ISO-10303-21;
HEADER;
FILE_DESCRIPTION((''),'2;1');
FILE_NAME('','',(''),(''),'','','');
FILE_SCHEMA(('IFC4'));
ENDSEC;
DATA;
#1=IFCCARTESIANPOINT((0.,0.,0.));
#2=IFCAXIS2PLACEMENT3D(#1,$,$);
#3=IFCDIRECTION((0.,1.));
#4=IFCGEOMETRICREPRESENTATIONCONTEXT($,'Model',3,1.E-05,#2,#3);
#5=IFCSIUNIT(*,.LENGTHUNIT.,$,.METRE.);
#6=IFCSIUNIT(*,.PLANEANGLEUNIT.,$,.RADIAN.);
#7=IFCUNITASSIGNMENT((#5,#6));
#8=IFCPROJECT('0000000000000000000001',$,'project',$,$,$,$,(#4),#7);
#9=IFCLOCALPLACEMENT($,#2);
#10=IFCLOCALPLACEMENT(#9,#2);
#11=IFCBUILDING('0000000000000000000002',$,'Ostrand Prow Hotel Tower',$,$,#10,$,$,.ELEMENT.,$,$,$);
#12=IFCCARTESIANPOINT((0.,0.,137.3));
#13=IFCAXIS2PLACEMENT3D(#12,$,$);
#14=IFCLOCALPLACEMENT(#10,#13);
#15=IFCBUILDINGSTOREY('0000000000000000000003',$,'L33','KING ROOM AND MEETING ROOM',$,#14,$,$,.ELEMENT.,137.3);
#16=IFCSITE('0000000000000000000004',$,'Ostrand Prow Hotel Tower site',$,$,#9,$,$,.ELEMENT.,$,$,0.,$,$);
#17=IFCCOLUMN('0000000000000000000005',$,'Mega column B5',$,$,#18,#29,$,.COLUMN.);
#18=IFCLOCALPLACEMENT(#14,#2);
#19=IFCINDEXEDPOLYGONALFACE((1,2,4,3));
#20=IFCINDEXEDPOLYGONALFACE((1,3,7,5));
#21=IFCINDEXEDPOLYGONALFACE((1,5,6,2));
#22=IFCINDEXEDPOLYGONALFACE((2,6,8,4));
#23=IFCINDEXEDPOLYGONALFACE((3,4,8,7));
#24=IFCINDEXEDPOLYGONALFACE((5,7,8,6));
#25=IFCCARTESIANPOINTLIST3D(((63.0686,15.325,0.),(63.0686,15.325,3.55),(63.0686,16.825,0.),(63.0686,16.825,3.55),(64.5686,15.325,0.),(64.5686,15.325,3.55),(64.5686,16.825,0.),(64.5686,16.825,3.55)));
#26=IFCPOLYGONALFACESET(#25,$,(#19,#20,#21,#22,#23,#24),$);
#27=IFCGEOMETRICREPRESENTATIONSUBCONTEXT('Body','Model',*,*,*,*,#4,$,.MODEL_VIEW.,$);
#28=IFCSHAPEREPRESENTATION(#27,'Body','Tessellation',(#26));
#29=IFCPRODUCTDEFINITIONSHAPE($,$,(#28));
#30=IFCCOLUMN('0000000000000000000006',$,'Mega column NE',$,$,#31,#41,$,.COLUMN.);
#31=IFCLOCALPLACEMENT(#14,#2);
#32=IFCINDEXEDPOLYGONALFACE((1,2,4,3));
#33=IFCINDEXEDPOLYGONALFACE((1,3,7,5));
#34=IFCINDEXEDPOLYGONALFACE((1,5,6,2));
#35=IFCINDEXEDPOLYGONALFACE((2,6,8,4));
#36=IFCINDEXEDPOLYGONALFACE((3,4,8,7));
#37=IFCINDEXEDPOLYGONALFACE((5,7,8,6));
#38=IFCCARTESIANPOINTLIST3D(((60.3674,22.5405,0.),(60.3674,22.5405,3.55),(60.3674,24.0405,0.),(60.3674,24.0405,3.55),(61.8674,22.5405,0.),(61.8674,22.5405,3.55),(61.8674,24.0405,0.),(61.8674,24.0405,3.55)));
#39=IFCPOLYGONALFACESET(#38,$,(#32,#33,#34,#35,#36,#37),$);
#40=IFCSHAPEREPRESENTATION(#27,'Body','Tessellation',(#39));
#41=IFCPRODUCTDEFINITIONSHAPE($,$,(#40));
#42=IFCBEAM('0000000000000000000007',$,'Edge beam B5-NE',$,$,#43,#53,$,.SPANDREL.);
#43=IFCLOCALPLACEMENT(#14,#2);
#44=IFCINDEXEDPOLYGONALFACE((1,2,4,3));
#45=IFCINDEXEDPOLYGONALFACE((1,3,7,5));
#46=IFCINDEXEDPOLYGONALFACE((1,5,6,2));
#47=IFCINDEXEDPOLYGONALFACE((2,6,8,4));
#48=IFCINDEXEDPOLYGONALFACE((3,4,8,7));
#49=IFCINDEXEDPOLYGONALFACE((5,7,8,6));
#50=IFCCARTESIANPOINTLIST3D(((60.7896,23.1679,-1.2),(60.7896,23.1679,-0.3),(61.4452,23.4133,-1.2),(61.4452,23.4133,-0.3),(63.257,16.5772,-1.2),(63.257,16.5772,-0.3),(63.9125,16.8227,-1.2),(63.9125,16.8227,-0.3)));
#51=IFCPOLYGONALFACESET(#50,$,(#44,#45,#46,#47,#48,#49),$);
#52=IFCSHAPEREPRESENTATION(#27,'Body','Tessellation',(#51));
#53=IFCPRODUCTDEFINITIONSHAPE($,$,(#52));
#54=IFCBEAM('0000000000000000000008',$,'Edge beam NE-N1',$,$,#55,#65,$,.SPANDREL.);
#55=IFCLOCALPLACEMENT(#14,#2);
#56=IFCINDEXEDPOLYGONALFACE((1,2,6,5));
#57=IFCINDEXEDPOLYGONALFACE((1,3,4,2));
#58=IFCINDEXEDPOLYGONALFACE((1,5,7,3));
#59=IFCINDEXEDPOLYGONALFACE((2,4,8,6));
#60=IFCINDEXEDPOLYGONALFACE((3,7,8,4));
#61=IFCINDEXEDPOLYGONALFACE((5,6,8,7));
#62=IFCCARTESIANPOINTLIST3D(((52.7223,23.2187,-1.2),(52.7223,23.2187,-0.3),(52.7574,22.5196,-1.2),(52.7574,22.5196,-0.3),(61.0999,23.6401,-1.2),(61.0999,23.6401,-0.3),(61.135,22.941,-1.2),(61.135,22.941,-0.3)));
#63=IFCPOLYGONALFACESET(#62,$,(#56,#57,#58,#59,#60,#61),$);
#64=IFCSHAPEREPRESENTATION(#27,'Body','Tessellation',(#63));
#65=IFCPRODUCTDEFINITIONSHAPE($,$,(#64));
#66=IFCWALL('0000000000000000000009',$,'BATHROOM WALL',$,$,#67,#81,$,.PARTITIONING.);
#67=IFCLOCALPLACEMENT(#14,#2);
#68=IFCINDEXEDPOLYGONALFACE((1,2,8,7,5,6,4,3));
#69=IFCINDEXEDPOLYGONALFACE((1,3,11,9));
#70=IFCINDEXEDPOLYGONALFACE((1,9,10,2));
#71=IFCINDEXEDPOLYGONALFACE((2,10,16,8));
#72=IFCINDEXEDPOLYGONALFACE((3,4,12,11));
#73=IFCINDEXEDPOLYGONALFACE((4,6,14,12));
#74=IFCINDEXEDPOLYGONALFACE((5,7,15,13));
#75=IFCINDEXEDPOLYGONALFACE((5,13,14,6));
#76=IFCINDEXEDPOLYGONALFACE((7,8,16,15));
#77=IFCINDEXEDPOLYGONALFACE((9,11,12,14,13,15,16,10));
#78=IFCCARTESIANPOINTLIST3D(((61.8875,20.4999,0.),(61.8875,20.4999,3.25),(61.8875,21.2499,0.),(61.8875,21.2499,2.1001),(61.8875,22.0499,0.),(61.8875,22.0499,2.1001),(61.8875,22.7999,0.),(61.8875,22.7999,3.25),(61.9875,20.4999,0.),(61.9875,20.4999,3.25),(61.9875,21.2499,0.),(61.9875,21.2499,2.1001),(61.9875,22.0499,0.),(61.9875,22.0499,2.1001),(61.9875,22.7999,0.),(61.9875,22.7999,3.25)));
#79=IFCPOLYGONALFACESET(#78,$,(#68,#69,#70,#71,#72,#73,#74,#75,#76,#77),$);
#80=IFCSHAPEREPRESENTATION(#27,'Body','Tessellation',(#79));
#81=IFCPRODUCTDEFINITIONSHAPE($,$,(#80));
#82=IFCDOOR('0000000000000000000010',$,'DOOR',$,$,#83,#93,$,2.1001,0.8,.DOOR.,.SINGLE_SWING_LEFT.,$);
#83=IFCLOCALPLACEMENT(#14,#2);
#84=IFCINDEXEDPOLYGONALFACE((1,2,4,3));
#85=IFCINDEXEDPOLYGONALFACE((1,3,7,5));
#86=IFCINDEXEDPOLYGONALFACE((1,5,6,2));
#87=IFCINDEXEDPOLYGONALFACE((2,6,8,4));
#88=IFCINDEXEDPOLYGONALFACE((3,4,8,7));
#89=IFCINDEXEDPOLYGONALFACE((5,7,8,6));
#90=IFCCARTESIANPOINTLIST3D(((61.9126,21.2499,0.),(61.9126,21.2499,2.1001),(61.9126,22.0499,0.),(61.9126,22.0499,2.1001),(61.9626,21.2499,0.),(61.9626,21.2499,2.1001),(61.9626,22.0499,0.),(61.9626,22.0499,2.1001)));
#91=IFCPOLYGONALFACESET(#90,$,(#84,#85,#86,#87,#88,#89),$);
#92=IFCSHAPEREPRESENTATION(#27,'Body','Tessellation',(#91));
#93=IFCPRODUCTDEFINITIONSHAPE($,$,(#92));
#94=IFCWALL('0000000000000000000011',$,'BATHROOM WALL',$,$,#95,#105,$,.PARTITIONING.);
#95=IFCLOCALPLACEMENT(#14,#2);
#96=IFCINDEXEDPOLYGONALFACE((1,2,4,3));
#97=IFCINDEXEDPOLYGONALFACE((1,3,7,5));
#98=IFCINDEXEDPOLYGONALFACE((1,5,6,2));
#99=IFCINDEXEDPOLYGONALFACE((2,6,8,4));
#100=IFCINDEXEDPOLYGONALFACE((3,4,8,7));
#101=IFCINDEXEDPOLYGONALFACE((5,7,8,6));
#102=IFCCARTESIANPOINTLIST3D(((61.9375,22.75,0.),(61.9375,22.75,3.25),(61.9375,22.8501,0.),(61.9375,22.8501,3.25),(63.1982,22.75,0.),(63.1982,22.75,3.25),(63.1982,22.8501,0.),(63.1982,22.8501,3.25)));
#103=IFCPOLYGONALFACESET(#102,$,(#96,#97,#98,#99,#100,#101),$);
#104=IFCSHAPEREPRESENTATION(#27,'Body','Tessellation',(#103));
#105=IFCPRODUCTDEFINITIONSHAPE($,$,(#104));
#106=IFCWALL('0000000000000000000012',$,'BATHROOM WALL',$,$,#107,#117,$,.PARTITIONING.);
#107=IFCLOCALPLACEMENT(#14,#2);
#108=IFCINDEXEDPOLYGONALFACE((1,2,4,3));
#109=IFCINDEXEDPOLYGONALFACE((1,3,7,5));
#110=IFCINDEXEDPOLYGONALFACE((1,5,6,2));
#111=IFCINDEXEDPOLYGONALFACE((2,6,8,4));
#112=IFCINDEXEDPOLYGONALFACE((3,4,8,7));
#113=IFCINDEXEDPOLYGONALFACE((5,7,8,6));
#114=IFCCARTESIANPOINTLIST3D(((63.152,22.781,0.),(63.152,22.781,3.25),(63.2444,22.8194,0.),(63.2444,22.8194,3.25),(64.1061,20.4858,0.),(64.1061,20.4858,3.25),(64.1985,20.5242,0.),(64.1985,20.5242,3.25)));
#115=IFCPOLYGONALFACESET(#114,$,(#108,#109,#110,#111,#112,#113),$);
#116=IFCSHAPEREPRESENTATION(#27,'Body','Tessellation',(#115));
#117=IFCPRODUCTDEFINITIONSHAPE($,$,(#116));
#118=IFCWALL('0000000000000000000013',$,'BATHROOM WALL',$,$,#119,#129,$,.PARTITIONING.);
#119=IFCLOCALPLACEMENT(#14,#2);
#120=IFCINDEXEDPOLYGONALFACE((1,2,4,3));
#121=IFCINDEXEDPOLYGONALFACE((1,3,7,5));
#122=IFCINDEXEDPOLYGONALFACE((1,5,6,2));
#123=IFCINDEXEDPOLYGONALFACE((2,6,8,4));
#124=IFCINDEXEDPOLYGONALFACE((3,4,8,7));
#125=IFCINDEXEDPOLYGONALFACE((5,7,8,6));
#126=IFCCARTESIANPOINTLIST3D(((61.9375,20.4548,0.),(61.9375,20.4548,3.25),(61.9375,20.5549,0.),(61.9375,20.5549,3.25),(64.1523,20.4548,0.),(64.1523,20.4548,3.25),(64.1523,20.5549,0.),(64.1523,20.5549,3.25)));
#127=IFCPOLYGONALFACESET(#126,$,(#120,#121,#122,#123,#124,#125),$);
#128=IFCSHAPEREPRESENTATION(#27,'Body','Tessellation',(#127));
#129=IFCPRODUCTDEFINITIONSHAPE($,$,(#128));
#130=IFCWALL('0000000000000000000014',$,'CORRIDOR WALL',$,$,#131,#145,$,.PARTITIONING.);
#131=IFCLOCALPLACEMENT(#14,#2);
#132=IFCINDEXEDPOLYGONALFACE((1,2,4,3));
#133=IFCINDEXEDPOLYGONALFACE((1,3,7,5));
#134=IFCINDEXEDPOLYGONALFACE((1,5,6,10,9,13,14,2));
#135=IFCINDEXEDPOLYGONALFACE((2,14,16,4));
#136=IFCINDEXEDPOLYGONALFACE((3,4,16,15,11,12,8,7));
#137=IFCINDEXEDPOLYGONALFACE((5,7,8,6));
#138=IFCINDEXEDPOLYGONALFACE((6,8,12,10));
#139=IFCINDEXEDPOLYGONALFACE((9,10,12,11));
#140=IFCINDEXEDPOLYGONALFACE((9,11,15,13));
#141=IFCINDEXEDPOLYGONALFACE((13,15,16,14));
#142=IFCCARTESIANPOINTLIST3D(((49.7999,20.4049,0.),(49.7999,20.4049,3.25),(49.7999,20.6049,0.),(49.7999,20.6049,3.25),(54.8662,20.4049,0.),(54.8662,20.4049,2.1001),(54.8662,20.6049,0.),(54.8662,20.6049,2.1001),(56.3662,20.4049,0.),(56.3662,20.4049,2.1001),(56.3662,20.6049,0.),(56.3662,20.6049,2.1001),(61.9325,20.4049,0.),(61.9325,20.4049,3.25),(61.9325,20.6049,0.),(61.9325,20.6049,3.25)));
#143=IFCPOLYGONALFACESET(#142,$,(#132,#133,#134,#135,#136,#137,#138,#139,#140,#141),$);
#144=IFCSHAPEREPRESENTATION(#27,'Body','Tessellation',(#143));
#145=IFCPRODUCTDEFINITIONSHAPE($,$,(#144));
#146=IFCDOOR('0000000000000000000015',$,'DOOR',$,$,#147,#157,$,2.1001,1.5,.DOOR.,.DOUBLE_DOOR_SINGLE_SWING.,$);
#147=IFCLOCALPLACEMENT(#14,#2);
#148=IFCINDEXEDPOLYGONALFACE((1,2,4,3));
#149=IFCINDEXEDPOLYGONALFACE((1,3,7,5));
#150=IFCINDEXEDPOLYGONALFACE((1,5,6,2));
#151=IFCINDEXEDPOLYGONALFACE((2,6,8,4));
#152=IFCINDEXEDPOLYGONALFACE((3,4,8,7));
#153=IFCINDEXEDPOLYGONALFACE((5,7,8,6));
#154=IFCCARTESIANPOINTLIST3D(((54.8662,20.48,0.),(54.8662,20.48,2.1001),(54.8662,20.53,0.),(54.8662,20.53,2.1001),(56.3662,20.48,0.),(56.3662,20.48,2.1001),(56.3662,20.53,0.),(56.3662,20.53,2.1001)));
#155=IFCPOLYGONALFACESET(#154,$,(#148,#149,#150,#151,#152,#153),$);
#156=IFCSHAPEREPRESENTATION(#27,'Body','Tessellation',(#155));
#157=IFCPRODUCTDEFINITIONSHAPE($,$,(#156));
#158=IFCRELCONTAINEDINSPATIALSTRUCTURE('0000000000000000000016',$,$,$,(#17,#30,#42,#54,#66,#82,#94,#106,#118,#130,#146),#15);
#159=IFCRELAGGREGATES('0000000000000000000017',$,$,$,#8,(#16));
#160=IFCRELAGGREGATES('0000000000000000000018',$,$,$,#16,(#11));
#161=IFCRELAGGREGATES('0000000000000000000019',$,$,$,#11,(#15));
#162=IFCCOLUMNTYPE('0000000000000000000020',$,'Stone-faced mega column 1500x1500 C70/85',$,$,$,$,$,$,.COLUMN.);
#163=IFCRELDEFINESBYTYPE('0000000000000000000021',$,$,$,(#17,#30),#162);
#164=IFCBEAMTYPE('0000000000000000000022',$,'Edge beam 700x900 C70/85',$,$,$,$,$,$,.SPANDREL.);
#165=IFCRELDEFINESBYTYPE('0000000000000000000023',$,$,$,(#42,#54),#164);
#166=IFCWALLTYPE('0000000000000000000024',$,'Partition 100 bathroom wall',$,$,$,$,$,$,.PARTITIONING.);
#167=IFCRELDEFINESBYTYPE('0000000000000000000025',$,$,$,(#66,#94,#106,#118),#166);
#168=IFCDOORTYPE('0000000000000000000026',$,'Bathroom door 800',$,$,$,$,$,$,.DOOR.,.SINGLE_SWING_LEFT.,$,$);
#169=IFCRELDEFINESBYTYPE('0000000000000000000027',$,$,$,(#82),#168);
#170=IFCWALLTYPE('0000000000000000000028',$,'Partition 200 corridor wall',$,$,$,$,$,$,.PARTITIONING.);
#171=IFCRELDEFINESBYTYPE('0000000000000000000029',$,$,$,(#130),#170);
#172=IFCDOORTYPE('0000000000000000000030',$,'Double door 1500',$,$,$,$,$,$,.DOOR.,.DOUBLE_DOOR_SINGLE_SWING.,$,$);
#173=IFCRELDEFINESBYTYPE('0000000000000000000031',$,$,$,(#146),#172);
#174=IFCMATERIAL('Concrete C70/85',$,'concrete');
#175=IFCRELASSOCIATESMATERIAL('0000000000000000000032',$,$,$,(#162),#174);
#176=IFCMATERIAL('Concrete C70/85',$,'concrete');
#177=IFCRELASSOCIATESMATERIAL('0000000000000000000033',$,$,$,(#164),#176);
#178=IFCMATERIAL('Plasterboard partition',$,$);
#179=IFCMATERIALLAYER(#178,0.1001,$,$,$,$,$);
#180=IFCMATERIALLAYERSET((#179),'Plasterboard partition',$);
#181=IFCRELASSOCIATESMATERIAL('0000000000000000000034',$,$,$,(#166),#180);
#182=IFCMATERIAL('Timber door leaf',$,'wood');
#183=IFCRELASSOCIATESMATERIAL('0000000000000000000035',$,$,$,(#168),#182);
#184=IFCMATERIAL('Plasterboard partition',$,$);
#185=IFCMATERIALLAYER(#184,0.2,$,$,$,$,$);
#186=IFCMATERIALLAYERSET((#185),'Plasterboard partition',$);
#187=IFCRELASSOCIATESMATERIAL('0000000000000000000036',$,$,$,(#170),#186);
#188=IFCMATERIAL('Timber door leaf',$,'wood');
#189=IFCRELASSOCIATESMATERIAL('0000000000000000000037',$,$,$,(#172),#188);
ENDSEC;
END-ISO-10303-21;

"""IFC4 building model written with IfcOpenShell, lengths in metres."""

from ifc_helpers import new_model, si_unit, direction, frame, frame_2d, origin, origin_2d, place, context, subcontext, project, spatial, rectangle, extrude, material, layer, layer_set, material_profile, profile_set, type_object, element, fill, save


model = new_model("IFC4")

# Units and contexts
model_context = context("Model", 3, precision=1e-05, world=origin(), true_north=direction((0.0, 1.0)))
body_context = subcontext(model_context, "Body", "Model", "MODEL_VIEW")
ifc_project = project(units=[si_unit("LENGTHUNIT", "METRE"), si_unit("PLANEANGLEUNIT", "RADIAN")], contexts=[model_context])

# Site, building, storey
site_placement = place(None, origin())
site = spatial("IfcSite", under=ifc_project, at=site_placement, Name="Ostrand Prow Hotel Tower site", CompositionType="ELEMENT", RefElevation=0.0)
building_placement = place(site_placement, origin())
building = spatial("IfcBuilding", under=site, at=building_placement, Name="Ostrand Prow Hotel Tower", CompositionType="ELEMENT")
storey_placement = place(building_placement, frame((0.0, 0.0, 137.3)))
storey = spatial("IfcBuildingStorey", under=building, at=storey_placement, Name="L33", Description="KING ROOM AND MEETING ROOM", CompositionType="ELEMENT", Elevation=137.3)

# Columns
ifc_material_1 = material(Name="Concrete C70/85", Category="concrete")
ifc_material_profile_1 = material_profile(ifc_material_1, rectangle(XDim=1.5, YDim=1.5, at=origin_2d()), Name="RC 1500x1500")
ifc_profile_set_1 = profile_set([ifc_material_profile_1], Name="Concrete C70/85")
column_type = type_object("IfcColumnType", Name="Stone-faced mega column 1500x1500 C70/85", PredefinedType="COLUMN", material=ifc_profile_set_1)
for number, where, z_axis, x_axis, name in (
    (1, (63.8186, 16.075, 0.0), (0.0, 0.0, 1.0), (1.0, 0.0, 0.0), "Mega column B5"),
    (2, (61.1174, 23.2905, 0.0), (0.0, 0.0, 1.0), (1.0, 0.0, 0.0), "Mega column NE"),
):
    element("IfcColumn", number, at=place(storey_placement, frame(where, z_axis=z_axis, x_axis=x_axis)), inside=storey, type_object=column_type, Name=name, PredefinedType="COLUMN", context=body_context, shape_type="SweptSolid", body=[
        extrude(rectangle(XDim=1.5, YDim=1.5, at=origin_2d()), origin(), (0.0, 0.0, 1.0), 3.55),
    ])

# Beams
ifc_material_2 = material(Name="Concrete C70/85", Category="concrete")
ifc_material_profile_2 = material_profile(ifc_material_2, rectangle(XDim=0.7, YDim=0.8999, at=origin_2d()), Name="RC 700x900")
ifc_profile_set_2 = profile_set([ifc_material_profile_2], Name="Concrete C70/85")
beam_type = type_object("IfcBeamType", Name="Edge beam 700x900 C70/85", PredefinedType="SPANDREL", material=ifc_profile_set_2)
beam_1_placement = place(storey_placement, frame((63.5847, 16.7, -0.75), z_axis=(-0.350603, 0.936524, 0.0), x_axis=(-0.936524, -0.350603, 0.0)))
element("IfcBeam", 3, at=beam_1_placement, inside=storey, type_object=beam_type, Name="Edge beam B5-NE", PredefinedType="SPANDREL", context=body_context, shape_type="SweptSolid", body=[
    extrude(rectangle(XDim=0.7, YDim=0.8999, at=origin_2d()), origin(), (0.0, 0.0, 1.0), 7.0374),
])
beam_2_placement = place(storey_placement, frame((61.1174, 23.2905, -0.75), z_axis=(-0.998737, -0.050235, 0.0), x_axis=(0.050235, -0.998737, 0.0)))
element("IfcBeam", 4, at=beam_2_placement, inside=storey, type_object=beam_type, Name="Edge beam NE-N1", PredefinedType="SPANDREL", context=body_context, shape_type="SweptSolid", body=[
    extrude(rectangle(XDim=0.7, YDim=0.8999, at=origin_2d()), origin(), (0.0, 0.0, 1.0), 8.3882),
])

# Wall, opening, door
ifc_material_3 = material(Name="Plasterboard partition")
ifc_layer_1 = layer(ifc_material_3, 0.1001)
ifc_layer_set_1 = layer_set([ifc_layer_1], Name="Plasterboard partition")
wall_type_1 = type_object("IfcWallType", Name="Partition 100 bathroom wall", PredefinedType="PARTITIONING", material=ifc_layer_set_1)
wall_1_placement = place(storey_placement, frame((61.9375, 20.5, 0.0), z_axis=(0.0, 0.0, 1.0), x_axis=(0.0, 1.0, 0.0)))
wall_1 = element("IfcWall", 5, at=wall_1_placement, inside=storey, type_object=wall_type_1, Name="BATHROOM WALL", PredefinedType="PARTITIONING", context=body_context, shape_type="SweptSolid", body=[
    extrude(rectangle(XDim=2.3, YDim=0.1001, at=frame_2d((1.1499, 0.0))), origin(), (0.0, 0.0, 1.0), 3.25),
])
opening_1_placement = place(wall_1_placement, frame((0.75, 0.0, 0.0)))
opening_1 = element("IfcOpeningElement", 6, at=opening_1_placement, cuts=wall_1, PredefinedType="OPENING", context=body_context, shape_type="SweptSolid", body=[
    extrude(rectangle(XDim=0.8, YDim=2.1001, at=frame_2d((0.3999, 1.05))), frame((0.0, 0.0601, 0.0), z_axis=(0.0, -1.0, 0.0), x_axis=(1.0, 0.0, 0.0)), (0.0, 0.0, 1.0), 0.1201),
])
ifc_material_4 = material(Name="Timber door leaf", Category="wood")
door_type_1 = type_object("IfcDoorType", Name="Bathroom door 800", OperationType="SINGLE_SWING_LEFT", PredefinedType="DOOR", material=ifc_material_4)
door_1_placement = place(opening_1_placement, origin())
door_1 = element("IfcDoor", 7, at=door_1_placement, inside=storey, type_object=door_type_1, Name="DOOR", OperationType="SINGLE_SWING_LEFT", OverallHeight=2.1001, OverallWidth=0.8, PredefinedType="DOOR", context=body_context, shape_type="SweptSolid", body=[
    extrude(rectangle(XDim=0.8, YDim=2.1001, at=frame_2d((0.3999, 1.05))), frame((0.0, 0.0249, 0.0), z_axis=(0.0, -1.0, 0.0), x_axis=(1.0, 0.0, 0.0)), (0.0, 0.0, 1.0), 0.05),
])
fill(opening_1, door_1)

# Walls
wall_2_placement = place(storey_placement, frame((61.9375, 22.8, 0.0), z_axis=(0.0, 0.0, 1.0), x_axis=(1.0, 0.0, 0.0)))
element("IfcWall", 8, at=wall_2_placement, inside=storey, type_object=wall_type_1, Name="BATHROOM WALL", PredefinedType="PARTITIONING", context=body_context, shape_type="SweptSolid", body=[
    extrude(rectangle(XDim=1.2607, YDim=0.1001, at=frame_2d((0.6304, 0.0))), origin(), (0.0, 0.0, 1.0), 3.25),
])
wall_3_placement = place(storey_placement, frame((63.1982, 22.8, 0.0), z_axis=(0.0, 0.0, 1.0), x_axis=(0.383855, -0.923393, 0.0)))
element("IfcWall", 9, at=wall_3_placement, inside=storey, type_object=wall_type_1, Name="BATHROOM WALL", PredefinedType="PARTITIONING", context=body_context, shape_type="SweptSolid", body=[
    extrude(rectangle(XDim=2.4856, YDim=0.1001, at=frame_2d((1.2427, 0.0))), origin(), (0.0, 0.0, 1.0), 3.25),
])
wall_4_placement = place(storey_placement, frame((64.1523, 20.5049, 0.0), z_axis=(0.0, 0.0, 1.0), x_axis=(-1.0, 0.0, 0.0)))
element("IfcWall", 10, at=wall_4_placement, inside=storey, type_object=wall_type_1, Name="BATHROOM WALL", PredefinedType="PARTITIONING", context=body_context, shape_type="SweptSolid", body=[
    extrude(rectangle(XDim=2.2148, YDim=0.1001, at=frame_2d((1.1074, 0.0))), origin(), (0.0, 0.0, 1.0), 3.25),
])

# Wall, opening, door
ifc_material_5 = material(Name="Plasterboard partition")
ifc_layer_2 = layer(ifc_material_5, 0.2)
ifc_layer_set_2 = layer_set([ifc_layer_2], Name="Plasterboard partition")
wall_type_2 = type_object("IfcWallType", Name="Partition 200 corridor wall", PredefinedType="PARTITIONING", material=ifc_layer_set_2)
wall_5_placement = place(storey_placement, frame((61.9326, 20.5049, 0.0), z_axis=(0.0, 0.0, 1.0), x_axis=(-1.0, 0.0, 0.0)))
wall_5 = element("IfcWall", 11, at=wall_5_placement, inside=storey, type_object=wall_type_2, Name="CORRIDOR WALL", PredefinedType="PARTITIONING", context=body_context, shape_type="SweptSolid", body=[
    extrude(rectangle(XDim=12.1326, YDim=0.2, at=frame_2d((6.0664, 0.0))), origin(), (0.0, 0.0, 1.0), 3.25),
])
opening_2_placement = place(wall_5_placement, frame((5.5664, 0.0, 0.0)))
opening_2 = element("IfcOpeningElement", 12, at=opening_2_placement, cuts=wall_5, PredefinedType="OPENING", context=body_context, shape_type="SweptSolid", body=[
    extrude(rectangle(XDim=1.5, YDim=2.1001, at=frame_2d((0.75, 1.05))), frame((0.0, 0.1099, 0.0), z_axis=(0.0, -1.0, 0.0), x_axis=(1.0, 0.0, 0.0)), (0.0, 0.0, 1.0), 0.22),
])
ifc_material_6 = material(Name="Timber door leaf", Category="wood")
door_type_2 = type_object("IfcDoorType", Name="Double door 1500", OperationType="DOUBLE_DOOR_SINGLE_SWING", PredefinedType="DOOR", material=ifc_material_6)
door_2_placement = place(opening_2_placement, origin())
door_2 = element("IfcDoor", 13, at=door_2_placement, inside=storey, type_object=door_type_2, Name="DOOR", OperationType="DOUBLE_DOOR_SINGLE_SWING", OverallHeight=2.1001, OverallWidth=1.5, PredefinedType="DOOR", context=body_context, shape_type="SweptSolid", body=[
    extrude(rectangle(XDim=1.5, YDim=2.1001, at=frame_2d((0.75, 1.05))), frame((0.0, 0.0249, 0.0), z_axis=(0.0, -1.0, 0.0), x_axis=(1.0, 0.0, 0.0)), (0.0, 0.0, 1.0), 0.05),
])
fill(opening_2, door_2)

save(model, "model.ifc")
